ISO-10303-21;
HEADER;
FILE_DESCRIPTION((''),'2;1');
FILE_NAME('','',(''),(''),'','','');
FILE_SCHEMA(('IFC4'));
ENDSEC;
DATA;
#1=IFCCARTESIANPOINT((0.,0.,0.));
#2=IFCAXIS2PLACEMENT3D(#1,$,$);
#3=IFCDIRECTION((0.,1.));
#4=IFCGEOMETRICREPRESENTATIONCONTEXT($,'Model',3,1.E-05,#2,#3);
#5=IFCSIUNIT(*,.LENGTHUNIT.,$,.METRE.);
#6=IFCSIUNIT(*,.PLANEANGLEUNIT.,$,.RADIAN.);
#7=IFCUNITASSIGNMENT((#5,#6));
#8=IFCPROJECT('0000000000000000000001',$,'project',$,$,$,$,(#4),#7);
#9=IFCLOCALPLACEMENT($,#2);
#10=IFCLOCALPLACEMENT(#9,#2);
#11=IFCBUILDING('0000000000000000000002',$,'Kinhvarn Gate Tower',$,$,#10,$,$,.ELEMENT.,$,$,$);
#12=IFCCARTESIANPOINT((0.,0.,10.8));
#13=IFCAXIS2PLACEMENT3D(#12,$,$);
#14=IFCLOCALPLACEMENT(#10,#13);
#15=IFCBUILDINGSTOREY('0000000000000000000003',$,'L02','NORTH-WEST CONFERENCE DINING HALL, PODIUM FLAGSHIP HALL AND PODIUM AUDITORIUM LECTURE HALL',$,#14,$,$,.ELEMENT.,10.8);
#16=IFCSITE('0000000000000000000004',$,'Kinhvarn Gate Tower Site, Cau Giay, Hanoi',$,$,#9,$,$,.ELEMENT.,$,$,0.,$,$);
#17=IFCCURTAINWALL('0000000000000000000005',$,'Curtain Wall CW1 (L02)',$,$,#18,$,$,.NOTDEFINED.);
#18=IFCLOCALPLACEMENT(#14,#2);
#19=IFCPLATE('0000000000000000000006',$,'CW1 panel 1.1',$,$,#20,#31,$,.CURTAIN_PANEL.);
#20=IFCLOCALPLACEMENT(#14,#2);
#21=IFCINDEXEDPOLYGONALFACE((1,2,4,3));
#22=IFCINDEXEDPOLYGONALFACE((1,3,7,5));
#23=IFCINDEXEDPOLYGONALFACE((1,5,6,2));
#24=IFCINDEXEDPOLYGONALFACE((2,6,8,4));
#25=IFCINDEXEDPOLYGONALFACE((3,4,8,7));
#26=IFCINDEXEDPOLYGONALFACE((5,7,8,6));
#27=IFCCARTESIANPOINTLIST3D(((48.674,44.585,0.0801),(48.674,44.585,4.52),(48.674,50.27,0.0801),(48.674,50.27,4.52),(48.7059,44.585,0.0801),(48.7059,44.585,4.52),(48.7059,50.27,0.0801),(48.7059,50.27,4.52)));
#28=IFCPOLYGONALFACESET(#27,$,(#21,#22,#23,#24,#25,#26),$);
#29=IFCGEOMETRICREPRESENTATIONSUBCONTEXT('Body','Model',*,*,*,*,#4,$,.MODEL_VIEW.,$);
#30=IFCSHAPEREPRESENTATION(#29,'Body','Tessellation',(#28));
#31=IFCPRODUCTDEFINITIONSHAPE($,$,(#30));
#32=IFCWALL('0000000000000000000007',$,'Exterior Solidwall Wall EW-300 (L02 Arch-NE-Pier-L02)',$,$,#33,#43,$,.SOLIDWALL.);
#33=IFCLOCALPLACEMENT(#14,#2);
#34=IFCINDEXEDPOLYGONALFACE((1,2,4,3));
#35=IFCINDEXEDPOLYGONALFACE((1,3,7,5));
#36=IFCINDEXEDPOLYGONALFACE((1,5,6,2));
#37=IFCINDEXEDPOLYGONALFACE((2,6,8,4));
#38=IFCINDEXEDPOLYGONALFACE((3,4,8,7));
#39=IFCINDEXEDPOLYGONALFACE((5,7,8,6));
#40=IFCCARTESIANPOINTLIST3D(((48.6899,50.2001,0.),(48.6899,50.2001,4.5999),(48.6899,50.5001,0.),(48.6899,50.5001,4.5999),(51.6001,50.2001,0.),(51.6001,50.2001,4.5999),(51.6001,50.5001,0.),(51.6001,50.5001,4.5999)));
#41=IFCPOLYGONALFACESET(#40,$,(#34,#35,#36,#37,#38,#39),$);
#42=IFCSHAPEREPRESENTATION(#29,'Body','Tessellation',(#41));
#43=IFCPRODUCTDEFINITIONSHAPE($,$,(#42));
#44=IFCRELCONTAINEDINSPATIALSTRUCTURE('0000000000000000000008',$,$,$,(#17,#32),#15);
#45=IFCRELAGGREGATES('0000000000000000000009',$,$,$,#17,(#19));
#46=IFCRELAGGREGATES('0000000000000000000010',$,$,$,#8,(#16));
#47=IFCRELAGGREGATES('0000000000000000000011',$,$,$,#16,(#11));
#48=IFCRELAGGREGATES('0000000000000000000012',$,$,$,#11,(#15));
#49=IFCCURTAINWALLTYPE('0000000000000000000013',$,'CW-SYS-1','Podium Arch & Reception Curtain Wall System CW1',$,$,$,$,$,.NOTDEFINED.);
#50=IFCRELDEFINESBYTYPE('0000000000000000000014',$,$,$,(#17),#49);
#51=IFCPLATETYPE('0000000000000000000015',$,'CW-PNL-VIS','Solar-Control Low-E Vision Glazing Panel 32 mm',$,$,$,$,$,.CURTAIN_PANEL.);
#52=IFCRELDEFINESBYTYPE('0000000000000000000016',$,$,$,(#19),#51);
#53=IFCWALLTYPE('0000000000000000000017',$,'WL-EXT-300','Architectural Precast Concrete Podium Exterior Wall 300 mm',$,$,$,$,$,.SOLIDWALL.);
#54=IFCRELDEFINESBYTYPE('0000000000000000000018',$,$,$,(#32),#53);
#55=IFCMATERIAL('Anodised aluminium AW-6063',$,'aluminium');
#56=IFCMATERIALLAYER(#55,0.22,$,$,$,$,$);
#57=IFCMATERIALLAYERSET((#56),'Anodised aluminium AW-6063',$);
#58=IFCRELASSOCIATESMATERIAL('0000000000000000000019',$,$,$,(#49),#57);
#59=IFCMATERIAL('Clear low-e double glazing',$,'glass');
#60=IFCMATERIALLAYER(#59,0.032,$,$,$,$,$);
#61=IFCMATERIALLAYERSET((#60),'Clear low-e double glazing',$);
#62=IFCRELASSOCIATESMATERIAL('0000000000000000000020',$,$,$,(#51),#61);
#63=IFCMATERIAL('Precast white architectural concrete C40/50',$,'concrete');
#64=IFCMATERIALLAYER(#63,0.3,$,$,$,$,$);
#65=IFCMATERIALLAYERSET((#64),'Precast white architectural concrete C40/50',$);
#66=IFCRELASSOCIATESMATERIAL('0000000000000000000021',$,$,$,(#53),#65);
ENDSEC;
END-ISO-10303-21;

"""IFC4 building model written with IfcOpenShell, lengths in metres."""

from ifc_helpers import new_model, si_unit, direction, frame, frame_2d, origin, origin_2d, place, context, subcontext, project, spatial, rectangle, extrude, material, layer, layer_set, type_object, element, aggregate, save


model = new_model("IFC4")

# Units and contexts
model_context = context("Model", 3, precision=1e-05, world=origin(), true_north=direction((0.0, 1.0)))
body_context = subcontext(model_context, "Body", "Model", "MODEL_VIEW")
ifc_project = project(units=[si_unit("LENGTHUNIT", "METRE"), si_unit("PLANEANGLEUNIT", "RADIAN")], contexts=[model_context])

# Site, building, storey
site_placement = place(None, origin())
site = spatial("IfcSite", under=ifc_project, at=site_placement, Name="Kinhvarn Gate Tower Site, Cau Giay, Hanoi", CompositionType="ELEMENT", RefElevation=0.0)
building_placement = place(site_placement, origin())
building = spatial("IfcBuilding", under=site, at=building_placement, Name="Kinhvarn Gate Tower", CompositionType="ELEMENT")
storey_placement = place(building_placement, frame((0.0, 0.0, 10.8)))
storey = spatial("IfcBuildingStorey", under=building, at=storey_placement, Name="L02", Description="NORTH-WEST CONFERENCE DINING HALL, PODIUM FLAGSHIP HALL AND PODIUM AUDITORIUM LECTURE HALL", CompositionType="ELEMENT", Elevation=10.8)

# Curtain wall
ifc_material_1 = material(Name="Anodised aluminium AW-6063", Category="aluminium")
ifc_layer_1 = layer(ifc_material_1, 0.22)
ifc_layer_set_1 = layer_set([ifc_layer_1], Name="Anodised aluminium AW-6063")
curtain_wall_type = type_object("IfcCurtainWallType", Name="CW-SYS-1", Description="Podium Arch & Reception Curtain Wall System CW1", PredefinedType="NOTDEFINED", material=ifc_layer_set_1)
curtain_wall_1_placement = place(storey_placement, origin())
curtain_wall_1 = element("IfcCurtainWall", 1, at=curtain_wall_1_placement, inside=storey, type_object=curtain_wall_type, Name="Curtain Wall CW1 (L02)", PredefinedType="NOTDEFINED")

# Plate
ifc_material_2 = material(Name="Clear low-e double glazing", Category="glass")
ifc_layer_2 = layer(ifc_material_2, 0.032)
ifc_layer_set_2 = layer_set([ifc_layer_2], Name="Clear low-e double glazing")
plate_type = type_object("IfcPlateType", Name="CW-PNL-VIS", Description="Solar-Control Low-E Vision Glazing Panel 32 mm", PredefinedType="CURTAIN_PANEL", material=ifc_layer_set_2)
plate_1_placement = place(storey_placement, frame((48.6899, 47.4275, 0.0801), z_axis=(0.0, 0.0, 1.0), x_axis=(0.0, -1.0, 0.0)))
plate_1 = element("IfcPlate", 2, at=plate_1_placement, type_object=plate_type, Name="CW1 panel 1.1", PredefinedType="CURTAIN_PANEL", context=body_context, shape_type="SweptSolid", body=[
    extrude(rectangle(XDim=5.6851, YDim=0.032, at=origin_2d()), origin(), (0.0, 0.0, 1.0), 4.4399),
])
aggregate(curtain_wall_1, [plate_1])

# Wall
ifc_material_3 = material(Name="Precast white architectural concrete C40/50", Category="concrete")
ifc_layer_3 = layer(ifc_material_3, 0.3)
ifc_layer_set_3 = layer_set([ifc_layer_3], Name="Precast white architectural concrete C40/50")
wall_type = type_object("IfcWallType", Name="WL-EXT-300", Description="Architectural Precast Concrete Podium Exterior Wall 300 mm", PredefinedType="SOLIDWALL", material=ifc_layer_set_3)
wall_placement = place(storey_placement, frame((51.6001, 50.3501, 0.0), z_axis=(0.0, 0.0, 1.0), x_axis=(-1.0, 0.0, 0.0)))
element("IfcWall", 3, at=wall_placement, inside=storey, type_object=wall_type, Name="Exterior Solidwall Wall EW-300 (L02 Arch-NE-Pier-L02)", PredefinedType="SOLIDWALL", context=body_context, shape_type="SweptSolid", body=[
    extrude(rectangle(XDim=2.9102, YDim=0.3, at=frame_2d((1.4551, 0.0))), origin(), (0.0, 0.0, 1.0), 4.5999),
])

save(model, "model.ifc")
